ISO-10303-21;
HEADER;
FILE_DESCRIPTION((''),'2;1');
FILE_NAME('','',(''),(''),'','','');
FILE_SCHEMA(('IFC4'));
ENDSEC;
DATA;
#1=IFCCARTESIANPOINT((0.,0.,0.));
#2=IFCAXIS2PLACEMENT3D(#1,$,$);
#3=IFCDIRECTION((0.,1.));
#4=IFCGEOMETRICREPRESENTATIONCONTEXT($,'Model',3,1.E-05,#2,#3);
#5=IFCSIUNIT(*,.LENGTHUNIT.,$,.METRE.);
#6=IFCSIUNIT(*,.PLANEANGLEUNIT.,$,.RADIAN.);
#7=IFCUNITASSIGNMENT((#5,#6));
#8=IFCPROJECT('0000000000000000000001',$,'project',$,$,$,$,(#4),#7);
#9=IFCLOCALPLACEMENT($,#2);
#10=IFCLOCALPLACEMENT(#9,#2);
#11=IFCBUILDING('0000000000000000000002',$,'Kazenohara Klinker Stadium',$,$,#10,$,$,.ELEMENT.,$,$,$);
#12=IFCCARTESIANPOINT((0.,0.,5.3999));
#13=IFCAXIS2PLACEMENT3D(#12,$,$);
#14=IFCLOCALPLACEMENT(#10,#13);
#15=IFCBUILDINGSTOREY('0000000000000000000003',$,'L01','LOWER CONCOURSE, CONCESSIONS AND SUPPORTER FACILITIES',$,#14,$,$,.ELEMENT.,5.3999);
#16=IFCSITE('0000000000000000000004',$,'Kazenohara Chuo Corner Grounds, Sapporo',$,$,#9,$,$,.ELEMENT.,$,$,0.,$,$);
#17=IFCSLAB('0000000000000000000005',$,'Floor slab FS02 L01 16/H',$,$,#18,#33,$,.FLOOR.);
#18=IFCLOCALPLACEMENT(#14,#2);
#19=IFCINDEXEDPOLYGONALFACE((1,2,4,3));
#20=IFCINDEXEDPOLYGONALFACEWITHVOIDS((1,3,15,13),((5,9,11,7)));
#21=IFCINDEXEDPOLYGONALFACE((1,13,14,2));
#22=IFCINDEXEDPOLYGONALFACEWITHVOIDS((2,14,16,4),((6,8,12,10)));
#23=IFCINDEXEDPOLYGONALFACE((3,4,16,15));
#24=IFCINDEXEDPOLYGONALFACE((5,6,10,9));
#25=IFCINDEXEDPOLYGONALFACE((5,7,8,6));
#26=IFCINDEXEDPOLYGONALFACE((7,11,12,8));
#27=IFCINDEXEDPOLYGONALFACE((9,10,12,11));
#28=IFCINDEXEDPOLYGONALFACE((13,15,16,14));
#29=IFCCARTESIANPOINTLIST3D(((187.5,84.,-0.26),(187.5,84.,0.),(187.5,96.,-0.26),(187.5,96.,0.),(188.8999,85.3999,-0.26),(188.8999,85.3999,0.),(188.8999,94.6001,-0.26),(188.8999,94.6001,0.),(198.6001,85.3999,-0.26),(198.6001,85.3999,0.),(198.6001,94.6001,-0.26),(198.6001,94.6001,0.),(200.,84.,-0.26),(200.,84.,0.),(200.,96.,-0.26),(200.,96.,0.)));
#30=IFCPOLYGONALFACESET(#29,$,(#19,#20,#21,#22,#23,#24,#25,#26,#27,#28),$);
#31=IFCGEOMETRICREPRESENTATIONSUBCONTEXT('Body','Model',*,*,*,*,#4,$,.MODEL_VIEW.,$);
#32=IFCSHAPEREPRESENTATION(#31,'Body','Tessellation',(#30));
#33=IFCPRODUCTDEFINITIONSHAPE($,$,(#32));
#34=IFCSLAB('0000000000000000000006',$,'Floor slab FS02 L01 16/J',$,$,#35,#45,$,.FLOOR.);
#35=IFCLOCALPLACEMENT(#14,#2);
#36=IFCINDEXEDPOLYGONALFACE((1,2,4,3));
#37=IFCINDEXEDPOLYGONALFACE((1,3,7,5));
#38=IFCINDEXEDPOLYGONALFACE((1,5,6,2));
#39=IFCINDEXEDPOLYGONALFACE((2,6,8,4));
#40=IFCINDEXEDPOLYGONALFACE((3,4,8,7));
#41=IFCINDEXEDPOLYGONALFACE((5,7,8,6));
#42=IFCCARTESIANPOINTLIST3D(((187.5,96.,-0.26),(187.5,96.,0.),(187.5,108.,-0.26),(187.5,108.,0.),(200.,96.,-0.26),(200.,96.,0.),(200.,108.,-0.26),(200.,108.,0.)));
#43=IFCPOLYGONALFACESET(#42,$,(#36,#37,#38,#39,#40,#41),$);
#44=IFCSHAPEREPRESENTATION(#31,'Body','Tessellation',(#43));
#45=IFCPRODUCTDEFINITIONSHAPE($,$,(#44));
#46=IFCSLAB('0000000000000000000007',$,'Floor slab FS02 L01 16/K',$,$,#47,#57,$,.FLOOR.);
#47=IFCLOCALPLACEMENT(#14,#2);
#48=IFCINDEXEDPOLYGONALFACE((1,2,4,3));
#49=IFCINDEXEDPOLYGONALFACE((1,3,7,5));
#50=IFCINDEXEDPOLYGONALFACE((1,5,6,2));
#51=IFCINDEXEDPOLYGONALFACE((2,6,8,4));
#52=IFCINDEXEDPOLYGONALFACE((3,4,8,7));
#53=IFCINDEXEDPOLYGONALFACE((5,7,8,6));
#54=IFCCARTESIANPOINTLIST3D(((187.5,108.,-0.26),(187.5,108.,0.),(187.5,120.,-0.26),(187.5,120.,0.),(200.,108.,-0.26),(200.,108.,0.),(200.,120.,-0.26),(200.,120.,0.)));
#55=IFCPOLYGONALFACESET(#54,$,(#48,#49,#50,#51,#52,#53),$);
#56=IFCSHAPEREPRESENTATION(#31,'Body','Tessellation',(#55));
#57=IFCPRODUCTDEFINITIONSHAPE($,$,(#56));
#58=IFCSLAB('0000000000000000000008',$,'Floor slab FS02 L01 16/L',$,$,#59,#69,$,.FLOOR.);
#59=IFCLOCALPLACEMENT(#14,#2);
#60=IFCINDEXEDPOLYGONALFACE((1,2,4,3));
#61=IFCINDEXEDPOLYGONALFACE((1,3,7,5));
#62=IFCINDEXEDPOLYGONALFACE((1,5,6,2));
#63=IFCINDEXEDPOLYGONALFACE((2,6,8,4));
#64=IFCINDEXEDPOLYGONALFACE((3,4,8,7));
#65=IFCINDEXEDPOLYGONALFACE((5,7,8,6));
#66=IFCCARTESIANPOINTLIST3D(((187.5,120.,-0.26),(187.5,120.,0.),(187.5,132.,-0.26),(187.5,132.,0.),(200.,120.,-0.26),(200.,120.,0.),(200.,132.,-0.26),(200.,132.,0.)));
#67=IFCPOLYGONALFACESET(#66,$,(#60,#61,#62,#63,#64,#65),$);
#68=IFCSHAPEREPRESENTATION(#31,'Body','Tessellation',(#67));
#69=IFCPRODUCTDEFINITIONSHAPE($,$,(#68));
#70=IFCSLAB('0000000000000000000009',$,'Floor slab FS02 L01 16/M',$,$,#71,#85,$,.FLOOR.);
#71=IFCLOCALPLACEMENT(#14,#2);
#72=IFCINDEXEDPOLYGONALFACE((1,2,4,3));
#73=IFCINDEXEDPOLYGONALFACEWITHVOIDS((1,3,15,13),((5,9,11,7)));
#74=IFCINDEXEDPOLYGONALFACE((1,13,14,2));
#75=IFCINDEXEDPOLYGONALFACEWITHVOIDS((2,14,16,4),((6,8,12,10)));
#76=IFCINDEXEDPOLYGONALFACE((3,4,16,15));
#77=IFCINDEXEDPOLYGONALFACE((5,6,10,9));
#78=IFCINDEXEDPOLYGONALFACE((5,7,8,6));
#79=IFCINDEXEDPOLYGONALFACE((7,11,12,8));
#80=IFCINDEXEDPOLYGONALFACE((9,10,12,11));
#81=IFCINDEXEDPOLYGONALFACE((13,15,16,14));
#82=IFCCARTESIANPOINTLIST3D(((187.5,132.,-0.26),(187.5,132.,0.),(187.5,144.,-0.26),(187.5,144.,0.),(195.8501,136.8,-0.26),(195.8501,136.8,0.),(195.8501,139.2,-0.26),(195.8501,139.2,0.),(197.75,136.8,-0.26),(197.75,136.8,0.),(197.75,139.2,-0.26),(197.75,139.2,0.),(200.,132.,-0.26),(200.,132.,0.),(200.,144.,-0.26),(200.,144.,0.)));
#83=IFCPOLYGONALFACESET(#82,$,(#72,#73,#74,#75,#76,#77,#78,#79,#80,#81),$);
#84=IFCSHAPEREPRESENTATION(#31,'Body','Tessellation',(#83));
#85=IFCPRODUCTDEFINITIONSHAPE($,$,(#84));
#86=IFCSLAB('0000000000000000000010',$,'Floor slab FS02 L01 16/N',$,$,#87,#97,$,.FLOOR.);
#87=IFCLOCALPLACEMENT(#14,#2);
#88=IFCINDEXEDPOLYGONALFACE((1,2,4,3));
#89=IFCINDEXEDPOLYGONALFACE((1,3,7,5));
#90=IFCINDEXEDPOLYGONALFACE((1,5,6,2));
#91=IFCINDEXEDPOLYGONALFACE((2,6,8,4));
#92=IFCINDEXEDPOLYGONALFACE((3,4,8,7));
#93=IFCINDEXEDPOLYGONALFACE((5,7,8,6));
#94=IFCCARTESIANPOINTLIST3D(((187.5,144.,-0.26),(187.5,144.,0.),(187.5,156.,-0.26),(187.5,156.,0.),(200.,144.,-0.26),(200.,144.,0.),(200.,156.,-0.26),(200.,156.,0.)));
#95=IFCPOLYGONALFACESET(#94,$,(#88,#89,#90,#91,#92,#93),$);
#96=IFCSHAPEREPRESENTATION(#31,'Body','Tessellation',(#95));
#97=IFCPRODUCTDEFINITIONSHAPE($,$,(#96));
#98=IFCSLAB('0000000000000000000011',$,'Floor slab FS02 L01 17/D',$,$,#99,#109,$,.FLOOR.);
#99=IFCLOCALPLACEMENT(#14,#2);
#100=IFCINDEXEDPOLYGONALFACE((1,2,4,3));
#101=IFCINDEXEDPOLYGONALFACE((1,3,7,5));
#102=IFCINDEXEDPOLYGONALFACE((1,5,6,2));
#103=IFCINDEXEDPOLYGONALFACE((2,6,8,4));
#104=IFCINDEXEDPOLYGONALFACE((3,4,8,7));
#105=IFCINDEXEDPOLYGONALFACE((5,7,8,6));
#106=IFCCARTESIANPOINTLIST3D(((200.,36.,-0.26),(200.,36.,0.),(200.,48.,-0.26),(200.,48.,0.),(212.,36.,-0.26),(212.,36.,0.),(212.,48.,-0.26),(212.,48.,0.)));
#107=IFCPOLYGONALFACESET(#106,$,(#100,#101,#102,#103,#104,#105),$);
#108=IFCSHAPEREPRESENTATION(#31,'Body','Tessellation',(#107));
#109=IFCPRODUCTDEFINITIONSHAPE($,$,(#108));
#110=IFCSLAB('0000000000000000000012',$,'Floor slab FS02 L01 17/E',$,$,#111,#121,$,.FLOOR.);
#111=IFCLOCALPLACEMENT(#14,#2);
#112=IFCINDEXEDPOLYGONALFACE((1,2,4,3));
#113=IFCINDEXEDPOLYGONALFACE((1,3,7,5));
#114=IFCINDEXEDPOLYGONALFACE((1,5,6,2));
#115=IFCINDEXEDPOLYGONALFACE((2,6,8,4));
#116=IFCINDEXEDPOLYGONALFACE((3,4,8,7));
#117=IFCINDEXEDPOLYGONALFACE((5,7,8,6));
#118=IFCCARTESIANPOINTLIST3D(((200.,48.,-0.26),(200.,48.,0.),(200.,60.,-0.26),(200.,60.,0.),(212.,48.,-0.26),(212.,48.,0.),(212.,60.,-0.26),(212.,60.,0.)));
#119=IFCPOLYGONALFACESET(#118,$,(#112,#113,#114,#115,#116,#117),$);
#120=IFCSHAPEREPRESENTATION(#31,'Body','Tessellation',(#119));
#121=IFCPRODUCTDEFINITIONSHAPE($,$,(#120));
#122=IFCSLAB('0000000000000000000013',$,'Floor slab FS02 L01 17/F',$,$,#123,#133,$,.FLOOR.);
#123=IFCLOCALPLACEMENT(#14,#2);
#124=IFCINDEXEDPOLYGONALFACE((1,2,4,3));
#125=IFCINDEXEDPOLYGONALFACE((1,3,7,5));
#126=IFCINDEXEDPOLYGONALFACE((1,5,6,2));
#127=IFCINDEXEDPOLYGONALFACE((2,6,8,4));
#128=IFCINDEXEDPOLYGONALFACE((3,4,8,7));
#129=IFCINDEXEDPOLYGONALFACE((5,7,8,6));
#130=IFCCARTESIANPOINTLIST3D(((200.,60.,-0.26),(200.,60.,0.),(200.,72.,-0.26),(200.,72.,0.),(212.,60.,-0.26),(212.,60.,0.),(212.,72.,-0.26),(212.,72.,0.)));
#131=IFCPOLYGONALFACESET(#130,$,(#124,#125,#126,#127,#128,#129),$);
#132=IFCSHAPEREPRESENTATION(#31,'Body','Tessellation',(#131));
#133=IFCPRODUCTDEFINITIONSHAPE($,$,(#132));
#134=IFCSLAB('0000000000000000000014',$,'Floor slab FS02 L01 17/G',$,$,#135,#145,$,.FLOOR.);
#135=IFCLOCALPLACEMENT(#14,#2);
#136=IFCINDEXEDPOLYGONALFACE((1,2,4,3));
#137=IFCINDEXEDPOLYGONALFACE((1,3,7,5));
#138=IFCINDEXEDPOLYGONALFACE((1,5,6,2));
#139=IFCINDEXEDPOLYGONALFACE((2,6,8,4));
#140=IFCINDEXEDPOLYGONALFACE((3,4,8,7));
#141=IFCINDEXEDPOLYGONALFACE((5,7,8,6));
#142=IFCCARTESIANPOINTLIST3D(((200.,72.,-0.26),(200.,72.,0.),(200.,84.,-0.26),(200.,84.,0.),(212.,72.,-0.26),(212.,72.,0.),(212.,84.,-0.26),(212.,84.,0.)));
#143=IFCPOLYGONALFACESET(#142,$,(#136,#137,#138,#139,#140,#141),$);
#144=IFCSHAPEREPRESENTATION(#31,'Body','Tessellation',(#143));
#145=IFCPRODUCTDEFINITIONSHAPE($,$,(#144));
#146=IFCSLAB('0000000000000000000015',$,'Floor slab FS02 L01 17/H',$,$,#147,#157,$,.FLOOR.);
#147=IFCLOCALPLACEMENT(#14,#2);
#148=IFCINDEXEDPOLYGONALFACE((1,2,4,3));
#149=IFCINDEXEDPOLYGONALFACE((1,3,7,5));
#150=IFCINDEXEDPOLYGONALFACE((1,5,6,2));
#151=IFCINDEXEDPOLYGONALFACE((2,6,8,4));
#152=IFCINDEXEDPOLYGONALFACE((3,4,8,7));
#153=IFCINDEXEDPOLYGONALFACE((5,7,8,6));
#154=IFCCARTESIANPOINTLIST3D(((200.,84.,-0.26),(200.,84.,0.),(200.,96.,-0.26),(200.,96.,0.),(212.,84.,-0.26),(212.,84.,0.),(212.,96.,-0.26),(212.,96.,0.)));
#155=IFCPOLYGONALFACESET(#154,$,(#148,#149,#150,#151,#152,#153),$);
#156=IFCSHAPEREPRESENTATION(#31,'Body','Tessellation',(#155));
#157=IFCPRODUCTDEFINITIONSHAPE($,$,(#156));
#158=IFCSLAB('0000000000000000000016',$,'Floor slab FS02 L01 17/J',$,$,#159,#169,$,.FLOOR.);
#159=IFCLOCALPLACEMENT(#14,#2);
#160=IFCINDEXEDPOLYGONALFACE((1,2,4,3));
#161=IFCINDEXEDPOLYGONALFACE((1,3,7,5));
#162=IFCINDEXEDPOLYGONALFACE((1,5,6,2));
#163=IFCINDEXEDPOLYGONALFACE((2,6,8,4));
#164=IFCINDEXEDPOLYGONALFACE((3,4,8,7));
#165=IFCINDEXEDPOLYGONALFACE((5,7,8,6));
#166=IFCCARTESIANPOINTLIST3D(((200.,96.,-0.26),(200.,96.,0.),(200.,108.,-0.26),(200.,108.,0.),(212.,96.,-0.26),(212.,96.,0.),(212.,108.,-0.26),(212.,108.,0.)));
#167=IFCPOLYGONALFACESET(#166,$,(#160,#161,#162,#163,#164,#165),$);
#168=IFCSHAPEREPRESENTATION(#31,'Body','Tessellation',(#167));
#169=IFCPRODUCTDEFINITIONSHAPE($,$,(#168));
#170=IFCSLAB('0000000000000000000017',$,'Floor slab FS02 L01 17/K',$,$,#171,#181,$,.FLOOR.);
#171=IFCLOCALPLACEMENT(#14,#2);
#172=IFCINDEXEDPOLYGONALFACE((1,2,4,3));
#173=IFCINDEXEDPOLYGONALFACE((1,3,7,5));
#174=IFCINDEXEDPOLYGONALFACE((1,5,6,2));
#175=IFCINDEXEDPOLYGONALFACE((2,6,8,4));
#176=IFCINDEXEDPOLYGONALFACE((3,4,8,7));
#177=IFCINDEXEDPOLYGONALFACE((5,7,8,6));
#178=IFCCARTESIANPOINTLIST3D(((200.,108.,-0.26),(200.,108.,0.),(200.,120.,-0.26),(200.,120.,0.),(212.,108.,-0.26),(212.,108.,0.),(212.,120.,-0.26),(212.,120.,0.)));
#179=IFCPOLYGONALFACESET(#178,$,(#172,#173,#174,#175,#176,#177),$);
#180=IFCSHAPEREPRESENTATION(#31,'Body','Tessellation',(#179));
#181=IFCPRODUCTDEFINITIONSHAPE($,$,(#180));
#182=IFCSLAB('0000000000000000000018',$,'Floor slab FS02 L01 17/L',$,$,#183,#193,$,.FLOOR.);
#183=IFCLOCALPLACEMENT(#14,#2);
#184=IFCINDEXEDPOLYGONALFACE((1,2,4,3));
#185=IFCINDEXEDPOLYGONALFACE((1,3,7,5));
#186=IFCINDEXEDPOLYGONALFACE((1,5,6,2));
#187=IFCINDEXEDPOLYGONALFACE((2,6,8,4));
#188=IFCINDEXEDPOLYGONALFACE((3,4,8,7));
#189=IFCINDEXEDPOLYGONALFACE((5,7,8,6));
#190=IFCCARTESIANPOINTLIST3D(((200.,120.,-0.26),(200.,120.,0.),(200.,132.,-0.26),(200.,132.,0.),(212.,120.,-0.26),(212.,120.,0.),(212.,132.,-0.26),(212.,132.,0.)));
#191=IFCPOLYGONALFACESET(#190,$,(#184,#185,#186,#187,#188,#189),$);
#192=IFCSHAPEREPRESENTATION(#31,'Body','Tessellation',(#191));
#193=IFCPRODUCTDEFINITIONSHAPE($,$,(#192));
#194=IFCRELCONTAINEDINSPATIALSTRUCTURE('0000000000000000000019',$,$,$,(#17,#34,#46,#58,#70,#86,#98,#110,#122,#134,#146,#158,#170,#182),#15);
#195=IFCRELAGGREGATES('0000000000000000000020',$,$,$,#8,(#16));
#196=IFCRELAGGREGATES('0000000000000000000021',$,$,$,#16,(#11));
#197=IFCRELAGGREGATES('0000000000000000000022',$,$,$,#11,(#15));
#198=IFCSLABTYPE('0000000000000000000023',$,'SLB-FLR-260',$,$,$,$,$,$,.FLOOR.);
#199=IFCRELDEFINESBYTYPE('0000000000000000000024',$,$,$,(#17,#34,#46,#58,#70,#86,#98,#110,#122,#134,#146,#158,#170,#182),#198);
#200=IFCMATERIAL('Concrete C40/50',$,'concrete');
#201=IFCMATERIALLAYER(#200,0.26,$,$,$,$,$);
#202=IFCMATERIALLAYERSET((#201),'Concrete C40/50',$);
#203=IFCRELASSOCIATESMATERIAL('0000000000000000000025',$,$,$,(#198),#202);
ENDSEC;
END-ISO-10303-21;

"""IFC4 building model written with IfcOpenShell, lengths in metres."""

from ifc_helpers import new_model, si_unit, direction, frame, origin, place, context, subcontext, project, spatial, polyline, outline, extrude, material, layer, layer_set, type_object, element, save


model = new_model("IFC4")

# Units and contexts
model_context = context("Model", 3, precision=1e-05, world=origin(), true_north=direction((0.0, 1.0)))
body_context = subcontext(model_context, "Body", "Model", "MODEL_VIEW")
ifc_project = project(units=[si_unit("LENGTHUNIT", "METRE"), si_unit("PLANEANGLEUNIT", "RADIAN")], contexts=[model_context])

# Site, building, storey
site_placement = place(None, origin())
site = spatial("IfcSite", under=ifc_project, at=site_placement, Name="Kazenohara Chuo Corner Grounds, Sapporo", CompositionType="ELEMENT", RefElevation=0.0)
building_placement = place(site_placement, origin())
building = spatial("IfcBuilding", under=site, at=building_placement, Name="Kazenohara Klinker Stadium", CompositionType="ELEMENT")
storey_placement = place(building_placement, frame((0.0, 0.0, 5.3999)))
storey = spatial("IfcBuildingStorey", under=building, at=storey_placement, Name="L01", Description="LOWER CONCOURSE, CONCESSIONS AND SUPPORTER FACILITIES", CompositionType="ELEMENT", Elevation=5.3999)

# Slabs
ifc_material_1 = material(Name="Concrete C40/50", Category="concrete")
ifc_layer_1 = layer(ifc_material_1, 0.26)
ifc_layer_set_1 = layer_set([ifc_layer_1], Name="Concrete C40/50")
slab_type_1 = type_object("IfcSlabType", Name="SLB-FLR-260", PredefinedType="FLOOR", material=ifc_layer_set_1)
slab_1_placement = place(storey_placement, frame((0.0, 0.0, -0.26)))
element("IfcSlab", 1, at=slab_1_placement, inside=storey, type_object=slab_type_1, Name="Floor slab FS02 L01 16/H", PredefinedType="FLOOR", context=body_context, shape_type="SweptSolid", body=[
    extrude(outline(polyline([(187.5, 84.0), (200.0, 84.0), (200.0, 96.0), (187.5, 96.0), (187.5, 84.0)]), holes=[polyline([(188.8999, 85.3999), (198.6001, 85.3999), (198.6001, 94.6001), (188.8999, 94.6001), (188.8999, 85.3999)])]), origin(), (0.0, 0.0, 1.0), 0.26),
])
slab_2_placement = place(storey_placement, frame((0.0, 0.0, -0.26)))
element("IfcSlab", 2, at=slab_2_placement, inside=storey, type_object=slab_type_1, Name="Floor slab FS02 L01 16/J", PredefinedType="FLOOR", context=body_context, shape_type="SweptSolid", body=[
    extrude(outline(polyline([(187.5, 96.0), (200.0, 96.0), (200.0, 108.0), (187.5, 108.0), (187.5, 96.0)])), origin(), (0.0, 0.0, 1.0), 0.26),
])
slab_3_placement = place(storey_placement, frame((0.0, 0.0, -0.26)))
element("IfcSlab", 3, at=slab_3_placement, inside=storey, type_object=slab_type_1, Name="Floor slab FS02 L01 16/K", PredefinedType="FLOOR", context=body_context, shape_type="SweptSolid", body=[
    extrude(outline(polyline([(187.5, 108.0), (200.0, 108.0), (200.0, 120.0), (187.5, 120.0), (187.5, 108.0)])), origin(), (0.0, 0.0, 1.0), 0.26),
])
slab_4_placement = place(storey_placement, frame((0.0, 0.0, -0.26)))
element("IfcSlab", 4, at=slab_4_placement, inside=storey, type_object=slab_type_1, Name="Floor slab FS02 L01 16/L", PredefinedType="FLOOR", context=body_context, shape_type="SweptSolid", body=[
    extrude(outline(polyline([(187.5, 120.0), (200.0, 120.0), (200.0, 132.0), (187.5, 132.0), (187.5, 120.0)])), origin(), (0.0, 0.0, 1.0), 0.26),
])
slab_5_placement = place(storey_placement, frame((0.0, 0.0, -0.26)))
element("IfcSlab", 5, at=slab_5_placement, inside=storey, type_object=slab_type_1, Name="Floor slab FS02 L01 16/M", PredefinedType="FLOOR", context=body_context, shape_type="SweptSolid", body=[
    extrude(outline(polyline([(187.5, 132.0), (200.0, 132.0), (200.0, 144.0), (187.5, 144.0), (187.5, 132.0)]), holes=[polyline([(195.8501, 136.8), (197.75, 136.8), (197.75, 139.2), (195.8501, 139.2), (195.8501, 136.8)])]), origin(), (0.0, 0.0, 1.0), 0.26),
])
slab_6_placement = place(storey_placement, frame((0.0, 0.0, -0.26)))
element("IfcSlab", 6, at=slab_6_placement, inside=storey, type_object=slab_type_1, Name="Floor slab FS02 L01 16/N", PredefinedType="FLOOR", context=body_context, shape_type="SweptSolid", body=[
    extrude(outline(polyline([(187.5, 144.0), (200.0, 144.0), (200.0, 156.0), (187.5, 156.0), (187.5, 144.0)])), origin(), (0.0, 0.0, 1.0), 0.26),
])
slab_7_placement = place(storey_placement, frame((0.0, 0.0, -0.26)))
element("IfcSlab", 7, at=slab_7_placement, inside=storey, type_object=slab_type_1, Name="Floor slab FS02 L01 17/D", PredefinedType="FLOOR", context=body_context, shape_type="SweptSolid", body=[
    extrude(outline(polyline([(200.0, 36.0), (212.0, 36.0), (212.0, 48.0), (200.0, 48.0), (200.0, 36.0)])), origin(), (0.0, 0.0, 1.0), 0.26),
])
slab_8_placement = place(storey_placement, frame((0.0, 0.0, -0.26)))
element("IfcSlab", 8, at=slab_8_placement, inside=storey, type_object=slab_type_1, Name="Floor slab FS02 L01 17/E", PredefinedType="FLOOR", context=body_context, shape_type="SweptSolid", body=[
    extrude(outline(polyline([(200.0, 48.0), (212.0, 48.0), (212.0, 60.0), (200.0, 60.0), (200.0, 48.0)])), origin(), (0.0, 0.0, 1.0), 0.26),
])
slab_9_placement = place(storey_placement, frame((0.0, 0.0, -0.26)))
element("IfcSlab", 9, at=slab_9_placement, inside=storey, type_object=slab_type_1, Name="Floor slab FS02 L01 17/F", PredefinedType="FLOOR", context=body_context, shape_type="SweptSolid", body=[
    extrude(outline(polyline([(200.0, 60.0), (212.0, 60.0), (212.0, 72.0), (200.0, 72.0), (200.0, 60.0)])), origin(), (0.0, 0.0, 1.0), 0.26),
])
slab_10_placement = place(storey_placement, frame((0.0, 0.0, -0.26)))
element("IfcSlab", 10, at=slab_10_placement, inside=storey, type_object=slab_type_1, Name="Floor slab FS02 L01 17/G", PredefinedType="FLOOR", context=body_context, shape_type="SweptSolid", body=[
    extrude(outline(polyline([(200.0, 72.0), (212.0, 72.0), (212.0, 84.0), (200.0, 84.0), (200.0, 72.0)])), origin(), (0.0, 0.0, 1.0), 0.26),
])
slab_11_placement = place(storey_placement, frame((0.0, 0.0, -0.26)))
element("IfcSlab", 11, at=slab_11_placement, inside=storey, type_object=slab_type_1, Name="Floor slab FS02 L01 17/H", PredefinedType="FLOOR", context=body_context, shape_type="SweptSolid", body=[
    extrude(outline(polyline([(200.0, 84.0), (212.0, 84.0), (212.0, 96.0), (200.0, 96.0), (200.0, 84.0)])), origin(), (0.0, 0.0, 1.0), 0.26),
])
slab_12_placement = place(storey_placement, frame((0.0, 0.0, -0.26)))
element("IfcSlab", 12, at=slab_12_placement, inside=storey, type_object=slab_type_1, Name="Floor slab FS02 L01 17/J", PredefinedType="FLOOR", context=body_context, shape_type="SweptSolid", body=[
    extrude(outline(polyline([(200.0, 96.0), (212.0, 96.0), (212.0, 108.0), (200.0, 108.0), (200.0, 96.0)])), origin(), (0.0, 0.0, 1.0), 0.26),
])
slab_13_placement = place(storey_placement, frame((0.0, 0.0, -0.26)))
element("IfcSlab", 13, at=slab_13_placement, inside=storey, type_object=slab_type_1, Name="Floor slab FS02 L01 17/K", PredefinedType="FLOOR", context=body_context, shape_type="SweptSolid", body=[
    extrude(outline(polyline([(200.0, 108.0), (212.0, 108.0), (212.0, 120.0), (200.0, 120.0), (200.0, 108.0)])), origin(), (0.0, 0.0, 1.0), 0.26),
])
slab_14_placement = place(storey_placement, frame((0.0, 0.0, -0.26)))
element("IfcSlab", 14, at=slab_14_placement, inside=storey, type_object=slab_type_1, Name="Floor slab FS02 L01 17/L", PredefinedType="FLOOR", context=body_context, shape_type="SweptSolid", body=[
    extrude(outline(polyline([(200.0, 120.0), (212.0, 120.0), (212.0, 132.0), (200.0, 132.0), (200.0, 120.0)])), origin(), (0.0, 0.0, 1.0), 0.26),
])

save(model, "model.ifc")
